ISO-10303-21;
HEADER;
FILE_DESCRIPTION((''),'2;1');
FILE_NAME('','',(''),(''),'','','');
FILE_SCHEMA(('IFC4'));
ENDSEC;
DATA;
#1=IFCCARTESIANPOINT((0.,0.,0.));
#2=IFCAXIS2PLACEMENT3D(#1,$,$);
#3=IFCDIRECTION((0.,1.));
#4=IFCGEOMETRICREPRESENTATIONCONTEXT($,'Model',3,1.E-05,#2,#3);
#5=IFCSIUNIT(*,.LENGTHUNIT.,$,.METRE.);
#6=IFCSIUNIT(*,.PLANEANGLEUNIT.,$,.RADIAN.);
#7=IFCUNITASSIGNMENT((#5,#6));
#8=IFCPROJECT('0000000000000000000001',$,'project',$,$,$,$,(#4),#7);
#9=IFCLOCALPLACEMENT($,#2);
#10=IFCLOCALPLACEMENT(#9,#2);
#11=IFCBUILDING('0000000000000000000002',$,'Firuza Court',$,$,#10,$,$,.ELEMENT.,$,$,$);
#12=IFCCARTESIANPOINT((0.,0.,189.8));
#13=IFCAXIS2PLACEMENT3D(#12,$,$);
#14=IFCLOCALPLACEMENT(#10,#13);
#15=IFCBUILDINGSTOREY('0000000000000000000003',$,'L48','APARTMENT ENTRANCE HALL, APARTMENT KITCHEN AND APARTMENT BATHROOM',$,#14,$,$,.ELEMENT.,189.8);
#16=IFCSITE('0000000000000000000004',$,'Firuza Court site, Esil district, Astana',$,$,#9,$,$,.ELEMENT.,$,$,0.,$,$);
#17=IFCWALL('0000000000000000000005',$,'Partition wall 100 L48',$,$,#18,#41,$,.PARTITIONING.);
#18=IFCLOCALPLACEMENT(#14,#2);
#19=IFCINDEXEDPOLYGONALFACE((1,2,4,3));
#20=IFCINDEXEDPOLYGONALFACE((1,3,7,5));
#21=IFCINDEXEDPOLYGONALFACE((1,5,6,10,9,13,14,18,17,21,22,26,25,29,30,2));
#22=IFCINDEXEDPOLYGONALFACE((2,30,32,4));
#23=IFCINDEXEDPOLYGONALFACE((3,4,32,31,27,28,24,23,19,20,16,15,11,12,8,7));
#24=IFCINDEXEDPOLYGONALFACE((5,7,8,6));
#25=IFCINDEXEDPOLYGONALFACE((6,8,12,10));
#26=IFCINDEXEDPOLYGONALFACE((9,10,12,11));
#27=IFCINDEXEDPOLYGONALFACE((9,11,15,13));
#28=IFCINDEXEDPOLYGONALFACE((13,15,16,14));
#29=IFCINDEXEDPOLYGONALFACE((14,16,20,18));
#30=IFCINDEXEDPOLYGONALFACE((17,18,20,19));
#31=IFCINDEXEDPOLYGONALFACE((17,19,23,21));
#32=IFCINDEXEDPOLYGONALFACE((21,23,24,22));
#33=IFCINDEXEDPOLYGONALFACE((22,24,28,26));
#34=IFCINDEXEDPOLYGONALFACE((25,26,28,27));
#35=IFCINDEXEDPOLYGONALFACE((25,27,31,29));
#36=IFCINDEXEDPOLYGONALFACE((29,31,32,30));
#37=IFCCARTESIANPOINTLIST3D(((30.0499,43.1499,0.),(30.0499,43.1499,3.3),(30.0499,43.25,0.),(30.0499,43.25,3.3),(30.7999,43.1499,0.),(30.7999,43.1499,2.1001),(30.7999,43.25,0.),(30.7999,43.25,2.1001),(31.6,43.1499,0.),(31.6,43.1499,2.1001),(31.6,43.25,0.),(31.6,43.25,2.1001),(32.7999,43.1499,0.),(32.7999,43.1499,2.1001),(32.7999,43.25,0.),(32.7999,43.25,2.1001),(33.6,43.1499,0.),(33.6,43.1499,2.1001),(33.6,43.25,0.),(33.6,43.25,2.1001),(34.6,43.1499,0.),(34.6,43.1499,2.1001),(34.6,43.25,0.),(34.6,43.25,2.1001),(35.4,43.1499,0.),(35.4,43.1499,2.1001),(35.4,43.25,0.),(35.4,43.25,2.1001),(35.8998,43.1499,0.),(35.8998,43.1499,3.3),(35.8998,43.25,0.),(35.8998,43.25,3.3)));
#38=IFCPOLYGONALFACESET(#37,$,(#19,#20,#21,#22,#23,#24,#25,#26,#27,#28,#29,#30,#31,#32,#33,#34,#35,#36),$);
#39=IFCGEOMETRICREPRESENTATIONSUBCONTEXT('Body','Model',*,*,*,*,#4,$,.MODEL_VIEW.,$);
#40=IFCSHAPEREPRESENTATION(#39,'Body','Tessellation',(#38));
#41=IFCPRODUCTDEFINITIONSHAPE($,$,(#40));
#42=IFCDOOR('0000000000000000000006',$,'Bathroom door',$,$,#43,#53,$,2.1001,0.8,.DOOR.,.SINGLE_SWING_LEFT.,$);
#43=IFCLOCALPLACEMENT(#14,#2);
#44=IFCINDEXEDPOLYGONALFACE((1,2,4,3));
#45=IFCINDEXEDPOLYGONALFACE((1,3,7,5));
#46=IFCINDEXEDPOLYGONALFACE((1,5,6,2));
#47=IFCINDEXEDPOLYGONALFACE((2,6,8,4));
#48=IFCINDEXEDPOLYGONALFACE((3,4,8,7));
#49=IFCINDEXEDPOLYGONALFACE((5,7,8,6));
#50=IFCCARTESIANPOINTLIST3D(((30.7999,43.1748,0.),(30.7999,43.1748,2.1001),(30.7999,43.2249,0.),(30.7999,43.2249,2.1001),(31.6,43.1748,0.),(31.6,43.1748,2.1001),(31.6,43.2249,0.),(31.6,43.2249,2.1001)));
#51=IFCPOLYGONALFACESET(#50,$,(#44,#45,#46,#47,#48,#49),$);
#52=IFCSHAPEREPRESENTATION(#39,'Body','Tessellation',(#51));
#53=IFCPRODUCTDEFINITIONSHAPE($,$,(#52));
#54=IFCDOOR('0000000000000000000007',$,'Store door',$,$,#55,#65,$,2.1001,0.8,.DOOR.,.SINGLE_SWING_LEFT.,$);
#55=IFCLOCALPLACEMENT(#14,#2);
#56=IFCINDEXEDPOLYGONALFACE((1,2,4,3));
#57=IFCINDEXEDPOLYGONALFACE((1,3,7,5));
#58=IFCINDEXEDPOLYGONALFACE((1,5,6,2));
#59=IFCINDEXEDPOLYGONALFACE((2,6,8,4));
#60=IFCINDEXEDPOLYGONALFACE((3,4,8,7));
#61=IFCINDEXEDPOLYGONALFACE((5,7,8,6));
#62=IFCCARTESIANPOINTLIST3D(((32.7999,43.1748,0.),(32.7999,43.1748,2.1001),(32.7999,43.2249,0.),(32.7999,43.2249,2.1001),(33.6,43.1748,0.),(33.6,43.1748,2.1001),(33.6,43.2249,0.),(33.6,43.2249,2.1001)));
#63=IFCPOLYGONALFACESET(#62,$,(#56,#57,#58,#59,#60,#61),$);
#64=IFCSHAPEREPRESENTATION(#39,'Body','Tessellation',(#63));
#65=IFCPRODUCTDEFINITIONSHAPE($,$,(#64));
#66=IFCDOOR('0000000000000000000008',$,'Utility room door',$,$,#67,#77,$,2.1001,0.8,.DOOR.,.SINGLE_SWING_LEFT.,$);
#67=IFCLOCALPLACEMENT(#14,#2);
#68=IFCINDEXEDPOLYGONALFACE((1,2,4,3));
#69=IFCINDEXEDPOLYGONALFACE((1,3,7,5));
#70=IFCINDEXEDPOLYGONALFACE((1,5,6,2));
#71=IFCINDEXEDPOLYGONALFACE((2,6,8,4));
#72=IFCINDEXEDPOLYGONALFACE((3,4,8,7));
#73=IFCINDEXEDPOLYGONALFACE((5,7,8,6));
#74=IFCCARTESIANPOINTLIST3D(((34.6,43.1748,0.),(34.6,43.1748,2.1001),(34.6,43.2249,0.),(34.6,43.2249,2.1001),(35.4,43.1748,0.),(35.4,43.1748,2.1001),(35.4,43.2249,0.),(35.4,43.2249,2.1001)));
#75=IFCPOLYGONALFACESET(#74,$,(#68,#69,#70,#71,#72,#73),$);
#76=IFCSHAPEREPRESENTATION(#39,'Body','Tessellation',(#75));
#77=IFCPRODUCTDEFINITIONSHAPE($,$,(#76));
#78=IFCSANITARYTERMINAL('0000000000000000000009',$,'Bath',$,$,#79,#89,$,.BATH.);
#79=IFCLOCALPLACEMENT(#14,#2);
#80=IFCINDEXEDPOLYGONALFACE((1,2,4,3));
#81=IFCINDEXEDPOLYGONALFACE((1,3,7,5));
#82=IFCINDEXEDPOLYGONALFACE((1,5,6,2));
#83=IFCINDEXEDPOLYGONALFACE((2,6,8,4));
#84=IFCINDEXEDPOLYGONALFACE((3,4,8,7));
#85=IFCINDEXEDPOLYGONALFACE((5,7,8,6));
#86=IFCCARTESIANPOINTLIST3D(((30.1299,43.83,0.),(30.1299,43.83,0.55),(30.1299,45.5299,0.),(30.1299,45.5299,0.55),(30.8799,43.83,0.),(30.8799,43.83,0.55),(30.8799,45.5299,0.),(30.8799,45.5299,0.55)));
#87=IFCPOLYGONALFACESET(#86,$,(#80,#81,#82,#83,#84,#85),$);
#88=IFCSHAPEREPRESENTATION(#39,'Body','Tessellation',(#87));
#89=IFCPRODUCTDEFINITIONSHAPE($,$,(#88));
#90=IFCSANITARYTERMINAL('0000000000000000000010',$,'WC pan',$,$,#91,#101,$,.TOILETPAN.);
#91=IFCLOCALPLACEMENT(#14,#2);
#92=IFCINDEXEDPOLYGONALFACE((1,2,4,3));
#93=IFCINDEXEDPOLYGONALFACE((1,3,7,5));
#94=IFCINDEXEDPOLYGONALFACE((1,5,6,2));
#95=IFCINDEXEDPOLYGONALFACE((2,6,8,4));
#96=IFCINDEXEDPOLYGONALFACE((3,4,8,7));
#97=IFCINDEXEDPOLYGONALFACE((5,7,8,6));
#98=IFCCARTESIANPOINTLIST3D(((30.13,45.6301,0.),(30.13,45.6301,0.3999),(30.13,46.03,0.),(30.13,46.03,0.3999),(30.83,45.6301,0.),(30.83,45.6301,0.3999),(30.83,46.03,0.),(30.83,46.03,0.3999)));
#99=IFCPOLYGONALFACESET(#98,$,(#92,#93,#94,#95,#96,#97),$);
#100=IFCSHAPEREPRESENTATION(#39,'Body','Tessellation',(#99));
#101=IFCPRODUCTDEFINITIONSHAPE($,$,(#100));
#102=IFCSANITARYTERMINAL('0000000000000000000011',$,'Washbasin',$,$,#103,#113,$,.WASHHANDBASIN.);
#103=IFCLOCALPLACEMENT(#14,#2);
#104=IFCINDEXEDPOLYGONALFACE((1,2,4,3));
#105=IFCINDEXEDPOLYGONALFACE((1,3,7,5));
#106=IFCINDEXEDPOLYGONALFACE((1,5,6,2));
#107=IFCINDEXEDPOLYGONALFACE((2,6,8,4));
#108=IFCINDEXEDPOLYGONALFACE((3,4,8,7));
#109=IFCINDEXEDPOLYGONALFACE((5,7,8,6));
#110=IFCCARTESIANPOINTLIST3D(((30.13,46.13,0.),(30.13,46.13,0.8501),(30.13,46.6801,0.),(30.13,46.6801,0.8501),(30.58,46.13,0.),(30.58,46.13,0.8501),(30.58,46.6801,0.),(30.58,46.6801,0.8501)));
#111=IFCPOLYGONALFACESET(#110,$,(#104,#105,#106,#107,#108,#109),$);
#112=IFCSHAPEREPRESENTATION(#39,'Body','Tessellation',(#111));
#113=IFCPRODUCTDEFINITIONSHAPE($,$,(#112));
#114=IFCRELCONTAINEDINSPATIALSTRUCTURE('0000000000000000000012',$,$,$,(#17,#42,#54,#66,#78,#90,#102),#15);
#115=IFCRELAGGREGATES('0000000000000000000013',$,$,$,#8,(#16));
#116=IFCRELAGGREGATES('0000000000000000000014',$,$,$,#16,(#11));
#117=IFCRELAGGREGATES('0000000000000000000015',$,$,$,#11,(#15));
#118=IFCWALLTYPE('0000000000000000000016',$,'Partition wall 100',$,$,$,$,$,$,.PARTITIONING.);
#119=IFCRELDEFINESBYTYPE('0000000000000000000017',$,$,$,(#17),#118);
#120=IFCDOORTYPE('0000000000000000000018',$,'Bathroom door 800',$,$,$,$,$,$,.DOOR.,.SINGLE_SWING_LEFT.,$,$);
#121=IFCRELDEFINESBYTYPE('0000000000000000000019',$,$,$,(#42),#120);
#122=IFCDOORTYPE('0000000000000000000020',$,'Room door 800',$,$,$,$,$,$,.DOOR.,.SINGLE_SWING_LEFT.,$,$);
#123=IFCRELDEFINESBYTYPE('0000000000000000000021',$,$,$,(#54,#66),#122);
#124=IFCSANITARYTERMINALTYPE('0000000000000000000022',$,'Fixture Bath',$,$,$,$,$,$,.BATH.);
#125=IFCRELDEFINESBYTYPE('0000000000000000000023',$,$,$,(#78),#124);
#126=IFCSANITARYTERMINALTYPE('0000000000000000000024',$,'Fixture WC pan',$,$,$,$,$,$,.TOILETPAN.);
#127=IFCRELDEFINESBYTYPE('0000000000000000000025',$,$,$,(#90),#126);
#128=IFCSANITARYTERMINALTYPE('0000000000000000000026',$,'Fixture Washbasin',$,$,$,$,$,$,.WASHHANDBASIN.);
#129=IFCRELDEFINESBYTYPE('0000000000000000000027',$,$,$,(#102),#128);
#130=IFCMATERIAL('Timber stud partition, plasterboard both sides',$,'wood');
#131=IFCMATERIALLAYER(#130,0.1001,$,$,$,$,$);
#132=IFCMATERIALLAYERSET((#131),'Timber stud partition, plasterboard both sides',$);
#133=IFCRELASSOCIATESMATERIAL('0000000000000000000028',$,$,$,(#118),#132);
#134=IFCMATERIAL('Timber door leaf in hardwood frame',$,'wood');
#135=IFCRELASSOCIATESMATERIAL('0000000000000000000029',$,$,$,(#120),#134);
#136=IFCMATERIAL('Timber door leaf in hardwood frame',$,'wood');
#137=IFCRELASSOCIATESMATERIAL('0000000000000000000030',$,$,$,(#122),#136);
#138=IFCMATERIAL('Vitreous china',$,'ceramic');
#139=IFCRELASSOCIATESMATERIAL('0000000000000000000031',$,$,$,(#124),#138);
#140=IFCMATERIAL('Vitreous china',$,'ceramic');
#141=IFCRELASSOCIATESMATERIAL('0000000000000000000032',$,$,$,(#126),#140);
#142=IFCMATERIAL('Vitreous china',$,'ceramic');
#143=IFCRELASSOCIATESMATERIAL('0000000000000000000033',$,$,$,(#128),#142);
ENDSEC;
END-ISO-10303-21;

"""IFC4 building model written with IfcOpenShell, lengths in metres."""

from ifc_helpers import new_model, si_unit, direction, frame, frame_2d, origin, origin_2d, place, context, subcontext, project, spatial, rectangle, extrude, material, layer, layer_set, type_object, element, fill, save


model = new_model("IFC4")

# Units and contexts
model_context = context("Model", 3, precision=1e-05, world=origin(), true_north=direction((0.0, 1.0)))
body_context = subcontext(model_context, "Body", "Model", "MODEL_VIEW")
ifc_project = project(units=[si_unit("LENGTHUNIT", "METRE"), si_unit("PLANEANGLEUNIT", "RADIAN")], contexts=[model_context])

# Site, building, storey
site_placement = place(None, origin())
site = spatial("IfcSite", under=ifc_project, at=site_placement, Name="Firuza Court site, Esil district, Astana", CompositionType="ELEMENT", RefElevation=0.0)
building_placement = place(site_placement, origin())
building = spatial("IfcBuilding", under=site, at=building_placement, Name="Firuza Court", CompositionType="ELEMENT")
storey_placement = place(building_placement, frame((0.0, 0.0, 189.8)))
storey = spatial("IfcBuildingStorey", under=building, at=storey_placement, Name="L48", Description="APARTMENT ENTRANCE HALL, APARTMENT KITCHEN AND APARTMENT BATHROOM", CompositionType="ELEMENT", Elevation=189.8)

# Shared definitions
ifc_material_1 = material(Name="Timber stud partition, plasterboard both sides", Category="wood")
ifc_layer_1 = layer(ifc_material_1, 0.1001)
ifc_layer_set_1 = layer_set([ifc_layer_1], Name="Timber stud partition, plasterboard both sides")
wall_type_1 = type_object("IfcWallType", Name="Partition wall 100", PredefinedType="PARTITIONING", material=ifc_layer_set_1)

# Wall, openings, doors
wall_1_placement = place(storey_placement, frame((30.05, 43.2, 0.0), z_axis=(0.0, 0.0, 1.0), x_axis=(1.0, 0.0, 0.0)))
wall_1 = element("IfcWall", 1, at=wall_1_placement, inside=storey, type_object=wall_type_1, Name="Partition wall 100 L48", PredefinedType="PARTITIONING", context=body_context, shape_type="SweptSolid", body=[
    extrude(rectangle(XDim=5.8499, YDim=0.1001, at=frame_2d((2.9248, 0.0))), origin(), (0.0, 0.0, 1.0), 3.3),
])
opening_1_placement = place(wall_1_placement, frame((0.75, 0.0, 0.0)))
opening_1 = element("IfcOpeningElement", 2, at=opening_1_placement, cuts=wall_1, PredefinedType="OPENING", context=body_context, shape_type="SweptSolid", body=[
    extrude(rectangle(XDim=0.8, YDim=2.1001, at=frame_2d((0.3999, 1.05))), frame((0.0, 0.062, 0.0), z_axis=(0.0, -1.0, 0.0), x_axis=(1.0, 0.0, 0.0)), (0.0, 0.0, 1.0), 0.124),
])
opening_2_placement = place(wall_1_placement, frame((2.75, 0.0, 0.0)))
opening_2 = element("IfcOpeningElement", 3, at=opening_2_placement, cuts=wall_1, PredefinedType="OPENING", context=body_context, shape_type="SweptSolid", body=[
    extrude(rectangle(XDim=0.8, YDim=2.1001, at=frame_2d((0.3999, 1.05))), frame((0.0, 0.062, 0.0), z_axis=(0.0, -1.0, 0.0), x_axis=(1.0, 0.0, 0.0)), (0.0, 0.0, 1.0), 0.124),
])
opening_3_placement = place(wall_1_placement, frame((4.55, 0.0, 0.0)))
opening_3 = element("IfcOpeningElement", 4, at=opening_3_placement, cuts=wall_1, PredefinedType="OPENING", context=body_context, shape_type="SweptSolid", body=[
    extrude(rectangle(XDim=0.8, YDim=2.1001, at=frame_2d((0.3999, 1.05))), frame((0.0, 0.062, 0.0), z_axis=(0.0, -1.0, 0.0), x_axis=(1.0, 0.0, 0.0)), (0.0, 0.0, 1.0), 0.124),
])
ifc_material_2 = material(Name="Timber door leaf in hardwood frame", Category="wood")
door_type_1 = type_object("IfcDoorType", Name="Bathroom door 800", OperationType="SINGLE_SWING_LEFT", PredefinedType="DOOR", material=ifc_material_2)
door_1_placement = place(opening_1_placement, origin())
door_1 = element("IfcDoor", 5, at=door_1_placement, inside=storey, type_object=door_type_1, Name="Bathroom door", OperationType="SINGLE_SWING_LEFT", OverallHeight=2.1001, OverallWidth=0.8, PredefinedType="DOOR", context=body_context, shape_type="SweptSolid", body=[
    extrude(rectangle(XDim=0.8, YDim=2.1001, at=frame_2d((0.3999, 1.05))), frame((0.0, 0.0249, 0.0), z_axis=(0.0, -1.0, 0.0), x_axis=(1.0, 0.0, 0.0)), (0.0, 0.0, 1.0), 0.05),
])
fill(opening_1, door_1)
ifc_material_3 = material(Name="Timber door leaf in hardwood frame", Category="wood")
door_type_2 = type_object("IfcDoorType", Name="Room door 800", OperationType="SINGLE_SWING_LEFT", PredefinedType="DOOR", material=ifc_material_3)
door_2_placement = place(opening_2_placement, origin())
door_2 = element("IfcDoor", 6, at=door_2_placement, inside=storey, type_object=door_type_2, Name="Store door", OperationType="SINGLE_SWING_LEFT", OverallHeight=2.1001, OverallWidth=0.8, PredefinedType="DOOR", context=body_context, shape_type="SweptSolid", body=[
    extrude(rectangle(XDim=0.8, YDim=2.1001, at=frame_2d((0.3999, 1.05))), frame((0.0, 0.0249, 0.0), z_axis=(0.0, -1.0, 0.0), x_axis=(1.0, 0.0, 0.0)), (0.0, 0.0, 1.0), 0.05),
])
fill(opening_2, door_2)
door_3_placement = place(opening_3_placement, origin())
door_3 = element("IfcDoor", 7, at=door_3_placement, inside=storey, type_object=door_type_2, Name="Utility room door", OperationType="SINGLE_SWING_LEFT", OverallHeight=2.1001, OverallWidth=0.8, PredefinedType="DOOR", context=body_context, shape_type="SweptSolid", body=[
    extrude(rectangle(XDim=0.8, YDim=2.1001, at=frame_2d((0.3999, 1.05))), frame((0.0, 0.0249, 0.0), z_axis=(0.0, -1.0, 0.0), x_axis=(1.0, 0.0, 0.0)), (0.0, 0.0, 1.0), 0.05),
])
fill(opening_3, door_3)

# Sanitary terminals
ifc_material_4 = material(Name="Vitreous china", Category="ceramic")
sanitary_terminal_type_1 = type_object("IfcSanitaryTerminalType", Name="Fixture Bath", PredefinedType="BATH", material=ifc_material_4)
sanitary_terminal_1_placement = place(storey_placement, frame((30.5049, 44.6799, 0.0), z_axis=(0.0, 0.0, 1.0), x_axis=(1.0, 0.0, 0.0)))
element("IfcSanitaryTerminal", 8, at=sanitary_terminal_1_placement, inside=storey, type_object=sanitary_terminal_type_1, Name="Bath", PredefinedType="BATH", context=body_context, shape_type="SweptSolid", body=[
    extrude(rectangle(XDim=0.75, YDim=1.7, at=origin_2d()), origin(), (0.0, 0.0, 1.0), 0.55),
])
ifc_material_5 = material(Name="Vitreous china", Category="ceramic")
sanitary_terminal_type_2 = type_object("IfcSanitaryTerminalType", Name="Fixture WC pan", PredefinedType="TOILETPAN", material=ifc_material_5)
sanitary_terminal_2_placement = place(storey_placement, frame((30.48, 45.8301, 0.0), z_axis=(0.0, 0.0, 1.0), x_axis=(1.0, 0.0, 0.0)))
element("IfcSanitaryTerminal", 9, at=sanitary_terminal_2_placement, inside=storey, type_object=sanitary_terminal_type_2, Name="WC pan", PredefinedType="TOILETPAN", context=body_context, shape_type="SweptSolid", body=[
    extrude(rectangle(XDim=0.7, YDim=0.3999, at=origin_2d()), origin(), (0.0, 0.0, 1.0), 0.3999),
])
ifc_material_6 = material(Name="Vitreous china", Category="ceramic")
sanitary_terminal_type_3 = type_object("IfcSanitaryTerminalType", Name="Fixture Washbasin", PredefinedType="WASHHANDBASIN", material=ifc_material_6)
sanitary_terminal_3_placement = place(storey_placement, frame((30.355, 46.405, 0.0), z_axis=(0.0, 0.0, 1.0), x_axis=(1.0, 0.0, 0.0)))
element("IfcSanitaryTerminal", 10, at=sanitary_terminal_3_placement, inside=storey, type_object=sanitary_terminal_type_3, Name="Washbasin", PredefinedType="WASHHANDBASIN", context=body_context, shape_type="SweptSolid", body=[
    extrude(rectangle(XDim=0.45, YDim=0.55, at=origin_2d()), origin(), (0.0, 0.0, 1.0), 0.8501),
])

save(model, "model.ifc")
